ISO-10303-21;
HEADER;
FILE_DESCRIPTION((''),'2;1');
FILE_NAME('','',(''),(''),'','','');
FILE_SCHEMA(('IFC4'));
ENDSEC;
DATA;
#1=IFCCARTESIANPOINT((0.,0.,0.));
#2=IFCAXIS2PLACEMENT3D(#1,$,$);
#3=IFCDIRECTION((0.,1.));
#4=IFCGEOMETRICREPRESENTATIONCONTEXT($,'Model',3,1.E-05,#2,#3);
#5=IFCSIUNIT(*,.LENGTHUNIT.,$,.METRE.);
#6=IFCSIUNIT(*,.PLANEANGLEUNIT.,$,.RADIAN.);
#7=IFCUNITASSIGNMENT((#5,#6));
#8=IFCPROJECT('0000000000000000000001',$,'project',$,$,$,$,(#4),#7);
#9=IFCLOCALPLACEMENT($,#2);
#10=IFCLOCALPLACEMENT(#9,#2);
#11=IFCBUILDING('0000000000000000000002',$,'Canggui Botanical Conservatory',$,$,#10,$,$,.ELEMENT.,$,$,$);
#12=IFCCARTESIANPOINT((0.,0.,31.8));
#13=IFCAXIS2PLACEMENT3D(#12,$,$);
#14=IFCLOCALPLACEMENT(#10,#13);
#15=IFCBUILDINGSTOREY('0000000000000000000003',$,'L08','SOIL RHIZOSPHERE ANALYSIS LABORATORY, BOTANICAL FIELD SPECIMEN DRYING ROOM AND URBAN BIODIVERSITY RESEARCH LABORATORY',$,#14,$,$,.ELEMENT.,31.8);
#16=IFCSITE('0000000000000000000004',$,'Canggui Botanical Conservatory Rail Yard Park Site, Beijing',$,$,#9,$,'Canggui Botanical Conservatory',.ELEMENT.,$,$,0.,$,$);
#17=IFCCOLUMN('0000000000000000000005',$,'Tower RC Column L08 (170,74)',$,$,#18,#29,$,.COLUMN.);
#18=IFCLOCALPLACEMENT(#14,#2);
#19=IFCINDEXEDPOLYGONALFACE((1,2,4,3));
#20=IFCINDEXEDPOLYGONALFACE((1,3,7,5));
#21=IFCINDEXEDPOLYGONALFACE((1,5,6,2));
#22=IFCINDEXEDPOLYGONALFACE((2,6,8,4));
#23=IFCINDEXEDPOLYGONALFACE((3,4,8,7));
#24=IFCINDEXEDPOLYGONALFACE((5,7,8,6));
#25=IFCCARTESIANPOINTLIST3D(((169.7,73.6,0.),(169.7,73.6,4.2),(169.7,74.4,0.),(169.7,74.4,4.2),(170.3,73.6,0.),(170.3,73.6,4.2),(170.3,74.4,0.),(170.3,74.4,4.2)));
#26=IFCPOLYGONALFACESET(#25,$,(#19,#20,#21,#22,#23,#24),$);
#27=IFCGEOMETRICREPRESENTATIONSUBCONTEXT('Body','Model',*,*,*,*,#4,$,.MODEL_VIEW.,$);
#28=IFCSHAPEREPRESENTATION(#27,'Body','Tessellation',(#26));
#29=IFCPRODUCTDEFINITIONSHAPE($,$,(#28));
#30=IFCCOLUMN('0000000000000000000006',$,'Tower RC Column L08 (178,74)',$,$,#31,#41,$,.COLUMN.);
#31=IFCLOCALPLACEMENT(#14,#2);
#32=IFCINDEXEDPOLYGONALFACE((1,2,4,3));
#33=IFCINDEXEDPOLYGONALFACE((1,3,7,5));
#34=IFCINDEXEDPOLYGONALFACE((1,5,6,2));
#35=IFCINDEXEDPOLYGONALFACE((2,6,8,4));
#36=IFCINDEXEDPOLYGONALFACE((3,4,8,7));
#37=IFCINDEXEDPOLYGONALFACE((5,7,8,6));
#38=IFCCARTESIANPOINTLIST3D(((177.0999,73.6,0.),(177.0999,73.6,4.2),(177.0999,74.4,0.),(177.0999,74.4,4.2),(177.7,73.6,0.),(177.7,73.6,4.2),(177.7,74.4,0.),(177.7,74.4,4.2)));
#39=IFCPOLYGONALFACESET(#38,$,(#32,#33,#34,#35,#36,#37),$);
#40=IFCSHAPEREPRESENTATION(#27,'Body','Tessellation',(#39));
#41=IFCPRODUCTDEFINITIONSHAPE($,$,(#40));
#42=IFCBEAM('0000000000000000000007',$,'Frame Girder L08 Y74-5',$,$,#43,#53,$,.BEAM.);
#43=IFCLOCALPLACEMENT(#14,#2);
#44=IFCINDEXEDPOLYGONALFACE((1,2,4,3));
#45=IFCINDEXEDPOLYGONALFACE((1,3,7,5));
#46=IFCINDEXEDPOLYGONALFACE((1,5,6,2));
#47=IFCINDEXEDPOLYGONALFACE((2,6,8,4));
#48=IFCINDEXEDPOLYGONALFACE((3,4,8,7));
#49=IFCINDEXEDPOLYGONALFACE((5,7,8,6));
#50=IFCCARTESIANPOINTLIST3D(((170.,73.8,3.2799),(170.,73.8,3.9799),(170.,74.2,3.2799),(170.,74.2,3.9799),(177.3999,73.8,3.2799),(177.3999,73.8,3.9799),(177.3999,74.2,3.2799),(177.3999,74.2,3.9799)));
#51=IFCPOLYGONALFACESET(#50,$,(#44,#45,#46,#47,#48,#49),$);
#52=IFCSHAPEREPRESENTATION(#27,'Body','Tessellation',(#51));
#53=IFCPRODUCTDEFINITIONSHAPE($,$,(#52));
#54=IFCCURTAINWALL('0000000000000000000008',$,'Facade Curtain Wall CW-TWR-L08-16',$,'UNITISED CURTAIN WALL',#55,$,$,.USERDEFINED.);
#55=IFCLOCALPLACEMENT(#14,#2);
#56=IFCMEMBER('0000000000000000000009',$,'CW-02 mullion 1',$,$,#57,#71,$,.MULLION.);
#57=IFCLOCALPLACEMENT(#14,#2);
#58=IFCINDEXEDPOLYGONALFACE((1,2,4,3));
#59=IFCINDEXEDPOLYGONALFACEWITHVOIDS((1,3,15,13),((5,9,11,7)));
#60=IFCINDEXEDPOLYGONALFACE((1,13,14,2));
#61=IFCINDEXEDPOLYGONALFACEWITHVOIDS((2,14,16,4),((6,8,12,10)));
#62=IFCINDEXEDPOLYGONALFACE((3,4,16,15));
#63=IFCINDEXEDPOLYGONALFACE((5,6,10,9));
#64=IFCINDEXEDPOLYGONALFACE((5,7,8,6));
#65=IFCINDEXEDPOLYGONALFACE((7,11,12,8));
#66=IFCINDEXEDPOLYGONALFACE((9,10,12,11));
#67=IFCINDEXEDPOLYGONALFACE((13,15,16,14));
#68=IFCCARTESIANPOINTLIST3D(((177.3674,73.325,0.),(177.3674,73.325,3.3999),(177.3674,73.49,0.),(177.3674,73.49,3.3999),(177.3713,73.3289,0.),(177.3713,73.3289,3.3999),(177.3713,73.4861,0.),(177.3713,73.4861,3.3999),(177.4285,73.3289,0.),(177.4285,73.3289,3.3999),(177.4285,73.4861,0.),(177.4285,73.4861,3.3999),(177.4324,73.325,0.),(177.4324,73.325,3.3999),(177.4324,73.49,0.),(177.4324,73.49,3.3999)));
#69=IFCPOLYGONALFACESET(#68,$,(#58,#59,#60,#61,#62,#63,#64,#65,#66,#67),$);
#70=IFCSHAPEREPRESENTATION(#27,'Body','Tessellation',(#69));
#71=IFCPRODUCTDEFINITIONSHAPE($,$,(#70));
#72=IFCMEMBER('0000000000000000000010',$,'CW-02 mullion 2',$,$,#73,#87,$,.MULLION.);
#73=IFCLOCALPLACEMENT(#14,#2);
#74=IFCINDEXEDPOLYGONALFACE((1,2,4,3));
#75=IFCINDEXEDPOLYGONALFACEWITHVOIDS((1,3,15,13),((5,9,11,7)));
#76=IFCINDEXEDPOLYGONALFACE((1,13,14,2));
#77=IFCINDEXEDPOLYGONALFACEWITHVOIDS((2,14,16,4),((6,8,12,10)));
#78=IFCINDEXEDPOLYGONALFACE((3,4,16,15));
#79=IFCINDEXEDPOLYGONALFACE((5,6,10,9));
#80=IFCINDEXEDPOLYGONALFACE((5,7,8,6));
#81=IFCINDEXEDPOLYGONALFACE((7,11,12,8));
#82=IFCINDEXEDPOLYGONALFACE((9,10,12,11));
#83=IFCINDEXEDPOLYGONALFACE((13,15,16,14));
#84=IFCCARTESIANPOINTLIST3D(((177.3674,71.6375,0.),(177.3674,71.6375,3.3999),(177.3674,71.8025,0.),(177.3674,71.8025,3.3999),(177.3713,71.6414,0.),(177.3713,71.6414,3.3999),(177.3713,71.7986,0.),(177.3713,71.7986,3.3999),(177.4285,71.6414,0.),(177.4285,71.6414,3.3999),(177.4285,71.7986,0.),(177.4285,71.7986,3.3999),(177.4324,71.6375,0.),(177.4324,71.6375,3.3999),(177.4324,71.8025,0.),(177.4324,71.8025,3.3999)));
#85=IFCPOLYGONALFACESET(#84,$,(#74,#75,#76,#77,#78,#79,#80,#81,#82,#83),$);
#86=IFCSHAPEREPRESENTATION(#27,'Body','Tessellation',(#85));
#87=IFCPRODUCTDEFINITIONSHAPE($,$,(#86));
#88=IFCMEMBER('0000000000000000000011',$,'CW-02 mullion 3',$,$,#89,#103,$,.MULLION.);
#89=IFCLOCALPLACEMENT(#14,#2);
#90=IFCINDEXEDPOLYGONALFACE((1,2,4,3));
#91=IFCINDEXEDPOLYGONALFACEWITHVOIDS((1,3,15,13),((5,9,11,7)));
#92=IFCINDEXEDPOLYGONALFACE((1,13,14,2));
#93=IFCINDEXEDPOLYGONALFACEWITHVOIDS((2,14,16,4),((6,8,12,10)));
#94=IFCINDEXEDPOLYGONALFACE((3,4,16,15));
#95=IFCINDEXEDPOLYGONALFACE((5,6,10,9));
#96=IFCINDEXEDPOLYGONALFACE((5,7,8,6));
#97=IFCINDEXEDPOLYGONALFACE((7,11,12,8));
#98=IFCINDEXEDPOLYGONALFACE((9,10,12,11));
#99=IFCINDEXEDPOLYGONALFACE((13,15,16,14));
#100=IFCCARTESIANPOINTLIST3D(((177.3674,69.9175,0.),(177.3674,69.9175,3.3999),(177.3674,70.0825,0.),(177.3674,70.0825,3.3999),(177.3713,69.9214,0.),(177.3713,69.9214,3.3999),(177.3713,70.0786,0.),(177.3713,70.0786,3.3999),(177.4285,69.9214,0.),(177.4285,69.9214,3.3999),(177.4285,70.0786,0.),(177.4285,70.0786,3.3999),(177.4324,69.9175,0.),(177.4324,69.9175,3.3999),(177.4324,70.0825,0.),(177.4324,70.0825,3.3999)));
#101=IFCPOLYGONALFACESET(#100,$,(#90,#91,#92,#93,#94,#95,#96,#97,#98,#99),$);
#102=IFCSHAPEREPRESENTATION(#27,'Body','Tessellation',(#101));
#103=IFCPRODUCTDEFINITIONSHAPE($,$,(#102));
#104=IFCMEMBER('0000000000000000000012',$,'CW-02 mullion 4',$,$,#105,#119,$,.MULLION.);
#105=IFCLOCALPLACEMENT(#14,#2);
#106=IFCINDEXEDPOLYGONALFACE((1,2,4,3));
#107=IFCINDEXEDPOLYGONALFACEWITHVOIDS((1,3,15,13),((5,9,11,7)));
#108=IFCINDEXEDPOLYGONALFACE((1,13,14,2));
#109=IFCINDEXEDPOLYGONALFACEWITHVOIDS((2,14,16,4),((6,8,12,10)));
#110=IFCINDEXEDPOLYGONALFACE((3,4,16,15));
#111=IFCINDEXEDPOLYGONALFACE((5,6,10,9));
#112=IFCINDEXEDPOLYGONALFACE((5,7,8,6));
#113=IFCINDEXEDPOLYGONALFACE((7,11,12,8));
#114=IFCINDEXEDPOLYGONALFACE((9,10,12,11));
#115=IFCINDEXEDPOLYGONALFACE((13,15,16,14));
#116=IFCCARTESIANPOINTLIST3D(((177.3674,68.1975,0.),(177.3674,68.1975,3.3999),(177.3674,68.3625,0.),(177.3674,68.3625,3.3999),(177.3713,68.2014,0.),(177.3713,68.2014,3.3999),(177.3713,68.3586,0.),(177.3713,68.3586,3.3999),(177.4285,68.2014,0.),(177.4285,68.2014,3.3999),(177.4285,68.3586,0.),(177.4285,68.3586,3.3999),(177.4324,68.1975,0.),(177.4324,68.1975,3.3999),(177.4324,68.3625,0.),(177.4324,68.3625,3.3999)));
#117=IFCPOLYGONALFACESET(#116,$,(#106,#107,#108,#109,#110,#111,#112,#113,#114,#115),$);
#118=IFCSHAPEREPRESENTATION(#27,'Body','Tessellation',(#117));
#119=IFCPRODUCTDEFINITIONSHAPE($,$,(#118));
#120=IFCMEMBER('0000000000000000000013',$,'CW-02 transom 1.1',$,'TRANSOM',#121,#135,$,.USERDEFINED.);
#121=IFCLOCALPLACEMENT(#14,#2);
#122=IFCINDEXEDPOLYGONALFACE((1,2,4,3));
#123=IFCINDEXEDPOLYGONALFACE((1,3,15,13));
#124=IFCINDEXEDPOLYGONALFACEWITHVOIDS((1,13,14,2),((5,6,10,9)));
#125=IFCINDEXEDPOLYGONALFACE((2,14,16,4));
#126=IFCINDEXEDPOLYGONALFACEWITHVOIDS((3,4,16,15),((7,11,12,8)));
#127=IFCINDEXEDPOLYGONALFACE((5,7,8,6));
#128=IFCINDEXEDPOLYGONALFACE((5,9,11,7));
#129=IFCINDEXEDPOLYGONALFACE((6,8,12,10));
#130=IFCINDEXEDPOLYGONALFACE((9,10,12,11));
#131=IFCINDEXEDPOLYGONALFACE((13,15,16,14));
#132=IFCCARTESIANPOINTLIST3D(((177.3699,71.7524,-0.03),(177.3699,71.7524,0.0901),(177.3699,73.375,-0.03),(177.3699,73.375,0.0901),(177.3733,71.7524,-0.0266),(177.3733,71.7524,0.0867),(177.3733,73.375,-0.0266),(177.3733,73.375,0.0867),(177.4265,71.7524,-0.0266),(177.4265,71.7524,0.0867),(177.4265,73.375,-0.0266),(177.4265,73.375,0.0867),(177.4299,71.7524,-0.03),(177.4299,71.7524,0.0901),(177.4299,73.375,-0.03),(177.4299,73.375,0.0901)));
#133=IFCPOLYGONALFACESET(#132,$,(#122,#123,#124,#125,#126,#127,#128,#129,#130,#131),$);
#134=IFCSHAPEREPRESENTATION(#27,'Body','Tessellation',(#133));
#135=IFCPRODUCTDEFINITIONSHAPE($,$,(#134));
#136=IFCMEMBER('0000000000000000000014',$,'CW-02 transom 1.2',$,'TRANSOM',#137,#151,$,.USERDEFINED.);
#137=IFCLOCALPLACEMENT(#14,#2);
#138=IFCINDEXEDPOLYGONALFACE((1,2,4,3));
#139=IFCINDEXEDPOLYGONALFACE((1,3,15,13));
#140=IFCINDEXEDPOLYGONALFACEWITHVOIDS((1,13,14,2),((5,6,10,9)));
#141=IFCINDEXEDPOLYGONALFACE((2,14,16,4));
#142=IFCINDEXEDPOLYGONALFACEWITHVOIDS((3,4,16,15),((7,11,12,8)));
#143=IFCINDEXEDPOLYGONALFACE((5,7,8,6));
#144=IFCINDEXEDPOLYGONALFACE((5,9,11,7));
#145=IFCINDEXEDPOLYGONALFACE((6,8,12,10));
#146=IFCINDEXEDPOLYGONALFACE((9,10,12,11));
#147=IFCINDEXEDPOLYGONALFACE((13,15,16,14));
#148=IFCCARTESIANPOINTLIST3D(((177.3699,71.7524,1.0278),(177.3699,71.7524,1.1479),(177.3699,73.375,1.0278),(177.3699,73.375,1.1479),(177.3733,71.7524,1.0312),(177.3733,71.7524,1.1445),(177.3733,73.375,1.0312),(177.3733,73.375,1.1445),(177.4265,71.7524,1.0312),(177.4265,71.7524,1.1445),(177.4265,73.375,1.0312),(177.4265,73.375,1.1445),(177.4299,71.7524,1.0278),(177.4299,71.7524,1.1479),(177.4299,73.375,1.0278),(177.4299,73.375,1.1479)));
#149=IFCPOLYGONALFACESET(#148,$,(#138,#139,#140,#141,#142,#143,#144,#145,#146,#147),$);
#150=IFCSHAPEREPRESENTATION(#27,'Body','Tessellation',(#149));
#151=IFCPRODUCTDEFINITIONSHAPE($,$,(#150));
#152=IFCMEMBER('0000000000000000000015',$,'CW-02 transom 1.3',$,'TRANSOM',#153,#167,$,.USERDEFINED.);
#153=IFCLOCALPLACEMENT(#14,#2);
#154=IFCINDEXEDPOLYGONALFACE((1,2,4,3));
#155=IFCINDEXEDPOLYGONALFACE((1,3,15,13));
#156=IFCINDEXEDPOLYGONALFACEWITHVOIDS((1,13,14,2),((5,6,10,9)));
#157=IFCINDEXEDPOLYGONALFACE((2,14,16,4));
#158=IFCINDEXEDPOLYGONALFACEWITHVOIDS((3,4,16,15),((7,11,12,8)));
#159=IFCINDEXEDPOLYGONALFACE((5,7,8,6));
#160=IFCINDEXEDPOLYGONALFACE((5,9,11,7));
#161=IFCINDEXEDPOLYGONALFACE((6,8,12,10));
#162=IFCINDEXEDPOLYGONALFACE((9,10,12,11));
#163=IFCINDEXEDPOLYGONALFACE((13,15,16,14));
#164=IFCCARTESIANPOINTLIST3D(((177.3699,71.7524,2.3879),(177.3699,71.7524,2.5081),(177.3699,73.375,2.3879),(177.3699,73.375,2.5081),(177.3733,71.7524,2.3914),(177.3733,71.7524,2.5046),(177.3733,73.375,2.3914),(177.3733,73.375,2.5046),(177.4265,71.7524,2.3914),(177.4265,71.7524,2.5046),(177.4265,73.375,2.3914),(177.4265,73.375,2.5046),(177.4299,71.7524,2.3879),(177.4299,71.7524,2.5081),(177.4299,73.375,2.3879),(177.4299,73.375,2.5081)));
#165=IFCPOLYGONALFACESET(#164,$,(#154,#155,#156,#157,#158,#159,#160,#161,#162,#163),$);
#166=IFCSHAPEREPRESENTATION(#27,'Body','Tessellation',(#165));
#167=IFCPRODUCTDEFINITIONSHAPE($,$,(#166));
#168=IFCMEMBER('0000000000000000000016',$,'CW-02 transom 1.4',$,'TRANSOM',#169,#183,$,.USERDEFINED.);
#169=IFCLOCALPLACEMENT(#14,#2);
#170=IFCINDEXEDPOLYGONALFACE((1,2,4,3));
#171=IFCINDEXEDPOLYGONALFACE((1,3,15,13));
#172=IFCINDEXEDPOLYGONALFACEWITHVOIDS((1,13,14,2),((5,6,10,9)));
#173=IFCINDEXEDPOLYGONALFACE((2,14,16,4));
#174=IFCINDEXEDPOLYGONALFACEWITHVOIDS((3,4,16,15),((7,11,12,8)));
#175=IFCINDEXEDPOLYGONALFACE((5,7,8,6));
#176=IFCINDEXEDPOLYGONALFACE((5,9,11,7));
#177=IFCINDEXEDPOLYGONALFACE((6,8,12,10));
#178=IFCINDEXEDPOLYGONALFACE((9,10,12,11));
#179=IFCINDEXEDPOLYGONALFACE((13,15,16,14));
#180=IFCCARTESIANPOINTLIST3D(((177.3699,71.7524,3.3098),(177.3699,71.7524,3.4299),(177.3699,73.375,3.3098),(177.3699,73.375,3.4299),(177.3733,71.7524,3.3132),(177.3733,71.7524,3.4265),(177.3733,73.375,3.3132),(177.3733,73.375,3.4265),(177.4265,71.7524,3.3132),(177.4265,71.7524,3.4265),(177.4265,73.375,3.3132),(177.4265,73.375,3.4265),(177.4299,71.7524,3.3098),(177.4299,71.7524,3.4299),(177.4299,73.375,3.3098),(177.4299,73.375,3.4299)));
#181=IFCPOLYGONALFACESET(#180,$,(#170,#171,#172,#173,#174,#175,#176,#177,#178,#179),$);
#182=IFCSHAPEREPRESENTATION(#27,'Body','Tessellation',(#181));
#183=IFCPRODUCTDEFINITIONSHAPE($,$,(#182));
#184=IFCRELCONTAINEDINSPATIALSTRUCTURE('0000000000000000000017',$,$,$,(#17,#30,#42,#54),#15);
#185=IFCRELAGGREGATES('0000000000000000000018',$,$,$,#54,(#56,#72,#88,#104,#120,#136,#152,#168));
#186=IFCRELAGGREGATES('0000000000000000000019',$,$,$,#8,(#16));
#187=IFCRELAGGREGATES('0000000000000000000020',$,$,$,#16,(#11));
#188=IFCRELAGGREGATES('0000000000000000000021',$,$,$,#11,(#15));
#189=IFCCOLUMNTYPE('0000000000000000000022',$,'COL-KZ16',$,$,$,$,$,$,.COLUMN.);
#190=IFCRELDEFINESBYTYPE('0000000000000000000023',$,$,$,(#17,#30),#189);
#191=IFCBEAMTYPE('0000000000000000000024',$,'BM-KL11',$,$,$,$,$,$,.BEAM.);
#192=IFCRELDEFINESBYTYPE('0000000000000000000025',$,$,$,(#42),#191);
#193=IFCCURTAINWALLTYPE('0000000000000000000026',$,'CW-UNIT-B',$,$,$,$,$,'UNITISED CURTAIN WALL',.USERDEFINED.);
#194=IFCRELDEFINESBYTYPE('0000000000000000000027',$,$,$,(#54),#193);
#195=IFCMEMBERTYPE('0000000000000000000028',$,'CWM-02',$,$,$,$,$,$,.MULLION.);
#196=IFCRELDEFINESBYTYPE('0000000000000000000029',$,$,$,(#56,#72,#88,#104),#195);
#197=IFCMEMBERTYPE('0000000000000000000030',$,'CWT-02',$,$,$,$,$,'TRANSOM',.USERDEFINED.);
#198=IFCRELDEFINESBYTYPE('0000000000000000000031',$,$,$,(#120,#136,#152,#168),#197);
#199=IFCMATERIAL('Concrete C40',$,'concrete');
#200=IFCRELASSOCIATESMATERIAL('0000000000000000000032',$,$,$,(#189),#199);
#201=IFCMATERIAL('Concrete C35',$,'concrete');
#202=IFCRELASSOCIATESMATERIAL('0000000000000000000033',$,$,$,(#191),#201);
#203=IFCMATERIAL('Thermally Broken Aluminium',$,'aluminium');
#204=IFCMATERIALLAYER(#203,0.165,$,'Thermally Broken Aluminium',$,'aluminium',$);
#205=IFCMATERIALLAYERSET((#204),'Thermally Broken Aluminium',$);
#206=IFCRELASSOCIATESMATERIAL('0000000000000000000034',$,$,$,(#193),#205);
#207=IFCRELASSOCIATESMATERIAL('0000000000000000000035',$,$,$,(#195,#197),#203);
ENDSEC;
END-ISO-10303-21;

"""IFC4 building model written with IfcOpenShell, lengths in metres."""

from ifc_helpers import new_model, si_unit, direction, frame, origin, origin_2d, place, context, subcontext, project, spatial, rectangle, hollow_rectangle, extrude, material, layer, layer_set, material_profile, profile_set, type_object, element, aggregate, save


model = new_model("IFC4")

# Units and contexts
model_context = context("Model", 3, precision=1e-05, world=origin(), true_north=direction((0.0, 1.0)))
body_context = subcontext(model_context, "Body", "Model", "MODEL_VIEW")
ifc_project = project(units=[si_unit("LENGTHUNIT", "METRE"), si_unit("PLANEANGLEUNIT", "RADIAN")], contexts=[model_context])

# Site, building, storey
site_placement = place(None, origin())
site = spatial("IfcSite", under=ifc_project, at=site_placement, Name="Canggui Botanical Conservatory Rail Yard Park Site, Beijing", LongName="Canggui Botanical Conservatory", CompositionType="ELEMENT", RefElevation=0.0)
building_placement = place(site_placement, origin())
building = spatial("IfcBuilding", under=site, at=building_placement, Name="Canggui Botanical Conservatory", CompositionType="ELEMENT")
storey_placement = place(building_placement, frame((0.0, 0.0, 31.8)))
storey = spatial("IfcBuildingStorey", under=building, at=storey_placement, Name="L08", Description="SOIL RHIZOSPHERE ANALYSIS LABORATORY, BOTANICAL FIELD SPECIMEN DRYING ROOM AND URBAN BIODIVERSITY RESEARCH LABORATORY", CompositionType="ELEMENT", Elevation=31.8)

# Columns
ifc_material_1 = material(Name="Concrete C40", Category="concrete")
ifc_material_profile_1 = material_profile(ifc_material_1, rectangle(XDim=0.6001, YDim=0.8, at=origin_2d()), Name="RC 600x800")
ifc_profile_set_1 = profile_set([ifc_material_profile_1], Name="Concrete C40")
column_type = type_object("IfcColumnType", Name="COL-KZ16", PredefinedType="COLUMN", material=ifc_profile_set_1)
for number, where, z_axis, x_axis, name in (
    (1, (170.0, 74.0, 0.0), (0.0, 0.0, 1.0), (1.0, 0.0, 0.0), "Tower RC Column L08 (170,74)"),
    (2, (177.3999, 74.0, 0.0), (0.0, 0.0, 1.0), (1.0, 0.0, 0.0), "Tower RC Column L08 (178,74)"),
):
    element("IfcColumn", number, at=place(storey_placement, frame(where, z_axis=z_axis, x_axis=x_axis)), inside=storey, type_object=column_type, Name=name, PredefinedType="COLUMN", context=body_context, shape_type="SweptSolid", body=[
        extrude(rectangle(XDim=0.6001, YDim=0.8, at=origin_2d()), origin(), (0.0, 0.0, 1.0), 4.2),
    ])

# Beam
ifc_material_2 = material(Name="Concrete C35", Category="concrete")
ifc_material_profile_2 = material_profile(ifc_material_2, rectangle(XDim=0.3999, YDim=0.7, at=origin_2d()), Name="RB 400x700")
ifc_profile_set_2 = profile_set([ifc_material_profile_2], Name="Concrete C35")
beam_type = type_object("IfcBeamType", Name="BM-KL11", PredefinedType="BEAM", material=ifc_profile_set_2)
beam_placement = place(storey_placement, frame((170.0, 74.0, 3.6299), z_axis=(1.0, 0.0, 0.0), x_axis=(0.0, 1.0, 0.0)))
element("IfcBeam", 3, at=beam_placement, inside=storey, type_object=beam_type, Name="Frame Girder L08 Y74-5", PredefinedType="BEAM", context=body_context, shape_type="SweptSolid", body=[
    extrude(rectangle(XDim=0.3999, YDim=0.7, at=origin_2d()), origin(), (0.0, 0.0, 1.0), 7.3999),
])

# Curtain wall, members
ifc_material_3 = material(Name="Thermally Broken Aluminium", Category="aluminium")
ifc_layer_1 = layer(ifc_material_3, 0.165, Name="Thermally Broken Aluminium", Category="aluminium")
ifc_layer_set_1 = layer_set([ifc_layer_1], Name="Thermally Broken Aluminium")
curtain_wall_type = type_object("IfcCurtainWallType", Name="CW-UNIT-B", ElementType="UNITISED CURTAIN WALL", PredefinedType="USERDEFINED", material=ifc_layer_set_1)
curtain_wall_placement = place(storey_placement, origin())
curtain_wall = element("IfcCurtainWall", 4, at=curtain_wall_placement, inside=storey, type_object=curtain_wall_type, Name="Facade Curtain Wall CW-TWR-L08-16", ObjectType="UNITISED CURTAIN WALL", PredefinedType="USERDEFINED")
ifc_material_profile_3 = material_profile(ifc_material_3, hollow_rectangle(XDim=0.0649, YDim=0.165, WallThickness=0.0039, at=origin_2d()), Name="CWM 65x165x4")
ifc_profile_set_3 = profile_set([ifc_material_profile_3], Name="Thermally Broken Aluminium")
member_type_1 = type_object("IfcMemberType", Name="CWM-02", PredefinedType="MULLION", material=ifc_profile_set_3)
member_1_placement = place(storey_placement, frame((177.3999, 73.4075, 0.0), z_axis=(0.0, 0.0, 1.0), x_axis=(1.0, 0.0, 0.0)))
member_1 = element("IfcMember", 5, at=member_1_placement, type_object=member_type_1, Name="CW-02 mullion 1", PredefinedType="MULLION", context=body_context, shape_type="SweptSolid", body=[
    extrude(hollow_rectangle(XDim=0.0649, YDim=0.165, WallThickness=0.0039, at=origin_2d()), origin(), (0.0, 0.0, 1.0), 3.3999),
])
member_2_placement = place(storey_placement, frame((177.3999, 71.72, 0.0), z_axis=(0.0, 0.0, 1.0), x_axis=(1.0, 0.0, 0.0)))
member_2 = element("IfcMember", 6, at=member_2_placement, type_object=member_type_1, Name="CW-02 mullion 2", PredefinedType="MULLION", context=body_context, shape_type="SweptSolid", body=[
    extrude(hollow_rectangle(XDim=0.0649, YDim=0.165, WallThickness=0.0039, at=origin_2d()), origin(), (0.0, 0.0, 1.0), 3.3999),
])
member_3_placement = place(storey_placement, frame((177.3999, 70.0, 0.0), z_axis=(0.0, 0.0, 1.0), x_axis=(1.0, 0.0, 0.0)))
member_3 = element("IfcMember", 7, at=member_3_placement, type_object=member_type_1, Name="CW-02 mullion 3", PredefinedType="MULLION", context=body_context, shape_type="SweptSolid", body=[
    extrude(hollow_rectangle(XDim=0.0649, YDim=0.165, WallThickness=0.0039, at=origin_2d()), origin(), (0.0, 0.0, 1.0), 3.3999),
])
member_4_placement = place(storey_placement, frame((177.3999, 68.28, 0.0), z_axis=(0.0, 0.0, 1.0), x_axis=(1.0, 0.0, 0.0)))
member_4 = element("IfcMember", 8, at=member_4_placement, type_object=member_type_1, Name="CW-02 mullion 4", PredefinedType="MULLION", context=body_context, shape_type="SweptSolid", body=[
    extrude(hollow_rectangle(XDim=0.0649, YDim=0.165, WallThickness=0.0039, at=origin_2d()), origin(), (0.0, 0.0, 1.0), 3.3999),
])
ifc_material_profile_4 = material_profile(ifc_material_3, hollow_rectangle(XDim=0.0601, YDim=0.1201, WallThickness=0.0034, at=origin_2d()), Name="CWT 60x120x3.5")
ifc_profile_set_4 = profile_set([ifc_material_profile_4], Name="Thermally Broken Aluminium")
member_type_2 = type_object("IfcMemberType", Name="CWT-02", ElementType="TRANSOM", PredefinedType="USERDEFINED", material=ifc_profile_set_4)
member_5_placement = place(storey_placement, frame((177.3999, 73.375, 0.03), z_axis=(0.0, -1.0, 0.0), x_axis=(1.0, 0.0, 0.0)))
member_5 = element("IfcMember", 9, at=member_5_placement, type_object=member_type_2, Name="CW-02 transom 1.1", ObjectType="TRANSOM", PredefinedType="USERDEFINED", context=body_context, shape_type="SweptSolid", body=[
    extrude(hollow_rectangle(XDim=0.0601, YDim=0.1201, WallThickness=0.0034, at=origin_2d()), origin(), (0.0, 0.0, 1.0), 1.6226),
])
member_6_placement = place(storey_placement, frame((177.3999, 73.375, 1.0879), z_axis=(0.0, -1.0, 0.0), x_axis=(1.0, 0.0, 0.0)))
member_6 = element("IfcMember", 10, at=member_6_placement, type_object=member_type_2, Name="CW-02 transom 1.2", ObjectType="TRANSOM", PredefinedType="USERDEFINED", context=body_context, shape_type="SweptSolid", body=[
    extrude(hollow_rectangle(XDim=0.0601, YDim=0.1201, WallThickness=0.0034, at=origin_2d()), origin(), (0.0, 0.0, 1.0), 1.6226),
])
member_7_placement = place(storey_placement, frame((177.3999, 73.375, 2.448), z_axis=(0.0, -1.0, 0.0), x_axis=(1.0, 0.0, 0.0)))
member_7 = element("IfcMember", 11, at=member_7_placement, type_object=member_type_2, Name="CW-02 transom 1.3", ObjectType="TRANSOM", PredefinedType="USERDEFINED", context=body_context, shape_type="SweptSolid", body=[
    extrude(hollow_rectangle(XDim=0.0601, YDim=0.1201, WallThickness=0.0034, at=origin_2d()), origin(), (0.0, 0.0, 1.0), 1.6226),
])
member_8_placement = place(storey_placement, frame((177.3999, 73.375, 3.3699), z_axis=(0.0, -1.0, 0.0), x_axis=(1.0, 0.0, 0.0)))
member_8 = element("IfcMember", 12, at=member_8_placement, type_object=member_type_2, Name="CW-02 transom 1.4", ObjectType="TRANSOM", PredefinedType="USERDEFINED", context=body_context, shape_type="SweptSolid", body=[
    extrude(hollow_rectangle(XDim=0.0601, YDim=0.1201, WallThickness=0.0034, at=origin_2d()), origin(), (0.0, 0.0, 1.0), 1.6226),
])
aggregate(curtain_wall, [member_1, member_2, member_3, member_4, member_5, member_6, member_7, member_8])

save(model, "model.ifc")
